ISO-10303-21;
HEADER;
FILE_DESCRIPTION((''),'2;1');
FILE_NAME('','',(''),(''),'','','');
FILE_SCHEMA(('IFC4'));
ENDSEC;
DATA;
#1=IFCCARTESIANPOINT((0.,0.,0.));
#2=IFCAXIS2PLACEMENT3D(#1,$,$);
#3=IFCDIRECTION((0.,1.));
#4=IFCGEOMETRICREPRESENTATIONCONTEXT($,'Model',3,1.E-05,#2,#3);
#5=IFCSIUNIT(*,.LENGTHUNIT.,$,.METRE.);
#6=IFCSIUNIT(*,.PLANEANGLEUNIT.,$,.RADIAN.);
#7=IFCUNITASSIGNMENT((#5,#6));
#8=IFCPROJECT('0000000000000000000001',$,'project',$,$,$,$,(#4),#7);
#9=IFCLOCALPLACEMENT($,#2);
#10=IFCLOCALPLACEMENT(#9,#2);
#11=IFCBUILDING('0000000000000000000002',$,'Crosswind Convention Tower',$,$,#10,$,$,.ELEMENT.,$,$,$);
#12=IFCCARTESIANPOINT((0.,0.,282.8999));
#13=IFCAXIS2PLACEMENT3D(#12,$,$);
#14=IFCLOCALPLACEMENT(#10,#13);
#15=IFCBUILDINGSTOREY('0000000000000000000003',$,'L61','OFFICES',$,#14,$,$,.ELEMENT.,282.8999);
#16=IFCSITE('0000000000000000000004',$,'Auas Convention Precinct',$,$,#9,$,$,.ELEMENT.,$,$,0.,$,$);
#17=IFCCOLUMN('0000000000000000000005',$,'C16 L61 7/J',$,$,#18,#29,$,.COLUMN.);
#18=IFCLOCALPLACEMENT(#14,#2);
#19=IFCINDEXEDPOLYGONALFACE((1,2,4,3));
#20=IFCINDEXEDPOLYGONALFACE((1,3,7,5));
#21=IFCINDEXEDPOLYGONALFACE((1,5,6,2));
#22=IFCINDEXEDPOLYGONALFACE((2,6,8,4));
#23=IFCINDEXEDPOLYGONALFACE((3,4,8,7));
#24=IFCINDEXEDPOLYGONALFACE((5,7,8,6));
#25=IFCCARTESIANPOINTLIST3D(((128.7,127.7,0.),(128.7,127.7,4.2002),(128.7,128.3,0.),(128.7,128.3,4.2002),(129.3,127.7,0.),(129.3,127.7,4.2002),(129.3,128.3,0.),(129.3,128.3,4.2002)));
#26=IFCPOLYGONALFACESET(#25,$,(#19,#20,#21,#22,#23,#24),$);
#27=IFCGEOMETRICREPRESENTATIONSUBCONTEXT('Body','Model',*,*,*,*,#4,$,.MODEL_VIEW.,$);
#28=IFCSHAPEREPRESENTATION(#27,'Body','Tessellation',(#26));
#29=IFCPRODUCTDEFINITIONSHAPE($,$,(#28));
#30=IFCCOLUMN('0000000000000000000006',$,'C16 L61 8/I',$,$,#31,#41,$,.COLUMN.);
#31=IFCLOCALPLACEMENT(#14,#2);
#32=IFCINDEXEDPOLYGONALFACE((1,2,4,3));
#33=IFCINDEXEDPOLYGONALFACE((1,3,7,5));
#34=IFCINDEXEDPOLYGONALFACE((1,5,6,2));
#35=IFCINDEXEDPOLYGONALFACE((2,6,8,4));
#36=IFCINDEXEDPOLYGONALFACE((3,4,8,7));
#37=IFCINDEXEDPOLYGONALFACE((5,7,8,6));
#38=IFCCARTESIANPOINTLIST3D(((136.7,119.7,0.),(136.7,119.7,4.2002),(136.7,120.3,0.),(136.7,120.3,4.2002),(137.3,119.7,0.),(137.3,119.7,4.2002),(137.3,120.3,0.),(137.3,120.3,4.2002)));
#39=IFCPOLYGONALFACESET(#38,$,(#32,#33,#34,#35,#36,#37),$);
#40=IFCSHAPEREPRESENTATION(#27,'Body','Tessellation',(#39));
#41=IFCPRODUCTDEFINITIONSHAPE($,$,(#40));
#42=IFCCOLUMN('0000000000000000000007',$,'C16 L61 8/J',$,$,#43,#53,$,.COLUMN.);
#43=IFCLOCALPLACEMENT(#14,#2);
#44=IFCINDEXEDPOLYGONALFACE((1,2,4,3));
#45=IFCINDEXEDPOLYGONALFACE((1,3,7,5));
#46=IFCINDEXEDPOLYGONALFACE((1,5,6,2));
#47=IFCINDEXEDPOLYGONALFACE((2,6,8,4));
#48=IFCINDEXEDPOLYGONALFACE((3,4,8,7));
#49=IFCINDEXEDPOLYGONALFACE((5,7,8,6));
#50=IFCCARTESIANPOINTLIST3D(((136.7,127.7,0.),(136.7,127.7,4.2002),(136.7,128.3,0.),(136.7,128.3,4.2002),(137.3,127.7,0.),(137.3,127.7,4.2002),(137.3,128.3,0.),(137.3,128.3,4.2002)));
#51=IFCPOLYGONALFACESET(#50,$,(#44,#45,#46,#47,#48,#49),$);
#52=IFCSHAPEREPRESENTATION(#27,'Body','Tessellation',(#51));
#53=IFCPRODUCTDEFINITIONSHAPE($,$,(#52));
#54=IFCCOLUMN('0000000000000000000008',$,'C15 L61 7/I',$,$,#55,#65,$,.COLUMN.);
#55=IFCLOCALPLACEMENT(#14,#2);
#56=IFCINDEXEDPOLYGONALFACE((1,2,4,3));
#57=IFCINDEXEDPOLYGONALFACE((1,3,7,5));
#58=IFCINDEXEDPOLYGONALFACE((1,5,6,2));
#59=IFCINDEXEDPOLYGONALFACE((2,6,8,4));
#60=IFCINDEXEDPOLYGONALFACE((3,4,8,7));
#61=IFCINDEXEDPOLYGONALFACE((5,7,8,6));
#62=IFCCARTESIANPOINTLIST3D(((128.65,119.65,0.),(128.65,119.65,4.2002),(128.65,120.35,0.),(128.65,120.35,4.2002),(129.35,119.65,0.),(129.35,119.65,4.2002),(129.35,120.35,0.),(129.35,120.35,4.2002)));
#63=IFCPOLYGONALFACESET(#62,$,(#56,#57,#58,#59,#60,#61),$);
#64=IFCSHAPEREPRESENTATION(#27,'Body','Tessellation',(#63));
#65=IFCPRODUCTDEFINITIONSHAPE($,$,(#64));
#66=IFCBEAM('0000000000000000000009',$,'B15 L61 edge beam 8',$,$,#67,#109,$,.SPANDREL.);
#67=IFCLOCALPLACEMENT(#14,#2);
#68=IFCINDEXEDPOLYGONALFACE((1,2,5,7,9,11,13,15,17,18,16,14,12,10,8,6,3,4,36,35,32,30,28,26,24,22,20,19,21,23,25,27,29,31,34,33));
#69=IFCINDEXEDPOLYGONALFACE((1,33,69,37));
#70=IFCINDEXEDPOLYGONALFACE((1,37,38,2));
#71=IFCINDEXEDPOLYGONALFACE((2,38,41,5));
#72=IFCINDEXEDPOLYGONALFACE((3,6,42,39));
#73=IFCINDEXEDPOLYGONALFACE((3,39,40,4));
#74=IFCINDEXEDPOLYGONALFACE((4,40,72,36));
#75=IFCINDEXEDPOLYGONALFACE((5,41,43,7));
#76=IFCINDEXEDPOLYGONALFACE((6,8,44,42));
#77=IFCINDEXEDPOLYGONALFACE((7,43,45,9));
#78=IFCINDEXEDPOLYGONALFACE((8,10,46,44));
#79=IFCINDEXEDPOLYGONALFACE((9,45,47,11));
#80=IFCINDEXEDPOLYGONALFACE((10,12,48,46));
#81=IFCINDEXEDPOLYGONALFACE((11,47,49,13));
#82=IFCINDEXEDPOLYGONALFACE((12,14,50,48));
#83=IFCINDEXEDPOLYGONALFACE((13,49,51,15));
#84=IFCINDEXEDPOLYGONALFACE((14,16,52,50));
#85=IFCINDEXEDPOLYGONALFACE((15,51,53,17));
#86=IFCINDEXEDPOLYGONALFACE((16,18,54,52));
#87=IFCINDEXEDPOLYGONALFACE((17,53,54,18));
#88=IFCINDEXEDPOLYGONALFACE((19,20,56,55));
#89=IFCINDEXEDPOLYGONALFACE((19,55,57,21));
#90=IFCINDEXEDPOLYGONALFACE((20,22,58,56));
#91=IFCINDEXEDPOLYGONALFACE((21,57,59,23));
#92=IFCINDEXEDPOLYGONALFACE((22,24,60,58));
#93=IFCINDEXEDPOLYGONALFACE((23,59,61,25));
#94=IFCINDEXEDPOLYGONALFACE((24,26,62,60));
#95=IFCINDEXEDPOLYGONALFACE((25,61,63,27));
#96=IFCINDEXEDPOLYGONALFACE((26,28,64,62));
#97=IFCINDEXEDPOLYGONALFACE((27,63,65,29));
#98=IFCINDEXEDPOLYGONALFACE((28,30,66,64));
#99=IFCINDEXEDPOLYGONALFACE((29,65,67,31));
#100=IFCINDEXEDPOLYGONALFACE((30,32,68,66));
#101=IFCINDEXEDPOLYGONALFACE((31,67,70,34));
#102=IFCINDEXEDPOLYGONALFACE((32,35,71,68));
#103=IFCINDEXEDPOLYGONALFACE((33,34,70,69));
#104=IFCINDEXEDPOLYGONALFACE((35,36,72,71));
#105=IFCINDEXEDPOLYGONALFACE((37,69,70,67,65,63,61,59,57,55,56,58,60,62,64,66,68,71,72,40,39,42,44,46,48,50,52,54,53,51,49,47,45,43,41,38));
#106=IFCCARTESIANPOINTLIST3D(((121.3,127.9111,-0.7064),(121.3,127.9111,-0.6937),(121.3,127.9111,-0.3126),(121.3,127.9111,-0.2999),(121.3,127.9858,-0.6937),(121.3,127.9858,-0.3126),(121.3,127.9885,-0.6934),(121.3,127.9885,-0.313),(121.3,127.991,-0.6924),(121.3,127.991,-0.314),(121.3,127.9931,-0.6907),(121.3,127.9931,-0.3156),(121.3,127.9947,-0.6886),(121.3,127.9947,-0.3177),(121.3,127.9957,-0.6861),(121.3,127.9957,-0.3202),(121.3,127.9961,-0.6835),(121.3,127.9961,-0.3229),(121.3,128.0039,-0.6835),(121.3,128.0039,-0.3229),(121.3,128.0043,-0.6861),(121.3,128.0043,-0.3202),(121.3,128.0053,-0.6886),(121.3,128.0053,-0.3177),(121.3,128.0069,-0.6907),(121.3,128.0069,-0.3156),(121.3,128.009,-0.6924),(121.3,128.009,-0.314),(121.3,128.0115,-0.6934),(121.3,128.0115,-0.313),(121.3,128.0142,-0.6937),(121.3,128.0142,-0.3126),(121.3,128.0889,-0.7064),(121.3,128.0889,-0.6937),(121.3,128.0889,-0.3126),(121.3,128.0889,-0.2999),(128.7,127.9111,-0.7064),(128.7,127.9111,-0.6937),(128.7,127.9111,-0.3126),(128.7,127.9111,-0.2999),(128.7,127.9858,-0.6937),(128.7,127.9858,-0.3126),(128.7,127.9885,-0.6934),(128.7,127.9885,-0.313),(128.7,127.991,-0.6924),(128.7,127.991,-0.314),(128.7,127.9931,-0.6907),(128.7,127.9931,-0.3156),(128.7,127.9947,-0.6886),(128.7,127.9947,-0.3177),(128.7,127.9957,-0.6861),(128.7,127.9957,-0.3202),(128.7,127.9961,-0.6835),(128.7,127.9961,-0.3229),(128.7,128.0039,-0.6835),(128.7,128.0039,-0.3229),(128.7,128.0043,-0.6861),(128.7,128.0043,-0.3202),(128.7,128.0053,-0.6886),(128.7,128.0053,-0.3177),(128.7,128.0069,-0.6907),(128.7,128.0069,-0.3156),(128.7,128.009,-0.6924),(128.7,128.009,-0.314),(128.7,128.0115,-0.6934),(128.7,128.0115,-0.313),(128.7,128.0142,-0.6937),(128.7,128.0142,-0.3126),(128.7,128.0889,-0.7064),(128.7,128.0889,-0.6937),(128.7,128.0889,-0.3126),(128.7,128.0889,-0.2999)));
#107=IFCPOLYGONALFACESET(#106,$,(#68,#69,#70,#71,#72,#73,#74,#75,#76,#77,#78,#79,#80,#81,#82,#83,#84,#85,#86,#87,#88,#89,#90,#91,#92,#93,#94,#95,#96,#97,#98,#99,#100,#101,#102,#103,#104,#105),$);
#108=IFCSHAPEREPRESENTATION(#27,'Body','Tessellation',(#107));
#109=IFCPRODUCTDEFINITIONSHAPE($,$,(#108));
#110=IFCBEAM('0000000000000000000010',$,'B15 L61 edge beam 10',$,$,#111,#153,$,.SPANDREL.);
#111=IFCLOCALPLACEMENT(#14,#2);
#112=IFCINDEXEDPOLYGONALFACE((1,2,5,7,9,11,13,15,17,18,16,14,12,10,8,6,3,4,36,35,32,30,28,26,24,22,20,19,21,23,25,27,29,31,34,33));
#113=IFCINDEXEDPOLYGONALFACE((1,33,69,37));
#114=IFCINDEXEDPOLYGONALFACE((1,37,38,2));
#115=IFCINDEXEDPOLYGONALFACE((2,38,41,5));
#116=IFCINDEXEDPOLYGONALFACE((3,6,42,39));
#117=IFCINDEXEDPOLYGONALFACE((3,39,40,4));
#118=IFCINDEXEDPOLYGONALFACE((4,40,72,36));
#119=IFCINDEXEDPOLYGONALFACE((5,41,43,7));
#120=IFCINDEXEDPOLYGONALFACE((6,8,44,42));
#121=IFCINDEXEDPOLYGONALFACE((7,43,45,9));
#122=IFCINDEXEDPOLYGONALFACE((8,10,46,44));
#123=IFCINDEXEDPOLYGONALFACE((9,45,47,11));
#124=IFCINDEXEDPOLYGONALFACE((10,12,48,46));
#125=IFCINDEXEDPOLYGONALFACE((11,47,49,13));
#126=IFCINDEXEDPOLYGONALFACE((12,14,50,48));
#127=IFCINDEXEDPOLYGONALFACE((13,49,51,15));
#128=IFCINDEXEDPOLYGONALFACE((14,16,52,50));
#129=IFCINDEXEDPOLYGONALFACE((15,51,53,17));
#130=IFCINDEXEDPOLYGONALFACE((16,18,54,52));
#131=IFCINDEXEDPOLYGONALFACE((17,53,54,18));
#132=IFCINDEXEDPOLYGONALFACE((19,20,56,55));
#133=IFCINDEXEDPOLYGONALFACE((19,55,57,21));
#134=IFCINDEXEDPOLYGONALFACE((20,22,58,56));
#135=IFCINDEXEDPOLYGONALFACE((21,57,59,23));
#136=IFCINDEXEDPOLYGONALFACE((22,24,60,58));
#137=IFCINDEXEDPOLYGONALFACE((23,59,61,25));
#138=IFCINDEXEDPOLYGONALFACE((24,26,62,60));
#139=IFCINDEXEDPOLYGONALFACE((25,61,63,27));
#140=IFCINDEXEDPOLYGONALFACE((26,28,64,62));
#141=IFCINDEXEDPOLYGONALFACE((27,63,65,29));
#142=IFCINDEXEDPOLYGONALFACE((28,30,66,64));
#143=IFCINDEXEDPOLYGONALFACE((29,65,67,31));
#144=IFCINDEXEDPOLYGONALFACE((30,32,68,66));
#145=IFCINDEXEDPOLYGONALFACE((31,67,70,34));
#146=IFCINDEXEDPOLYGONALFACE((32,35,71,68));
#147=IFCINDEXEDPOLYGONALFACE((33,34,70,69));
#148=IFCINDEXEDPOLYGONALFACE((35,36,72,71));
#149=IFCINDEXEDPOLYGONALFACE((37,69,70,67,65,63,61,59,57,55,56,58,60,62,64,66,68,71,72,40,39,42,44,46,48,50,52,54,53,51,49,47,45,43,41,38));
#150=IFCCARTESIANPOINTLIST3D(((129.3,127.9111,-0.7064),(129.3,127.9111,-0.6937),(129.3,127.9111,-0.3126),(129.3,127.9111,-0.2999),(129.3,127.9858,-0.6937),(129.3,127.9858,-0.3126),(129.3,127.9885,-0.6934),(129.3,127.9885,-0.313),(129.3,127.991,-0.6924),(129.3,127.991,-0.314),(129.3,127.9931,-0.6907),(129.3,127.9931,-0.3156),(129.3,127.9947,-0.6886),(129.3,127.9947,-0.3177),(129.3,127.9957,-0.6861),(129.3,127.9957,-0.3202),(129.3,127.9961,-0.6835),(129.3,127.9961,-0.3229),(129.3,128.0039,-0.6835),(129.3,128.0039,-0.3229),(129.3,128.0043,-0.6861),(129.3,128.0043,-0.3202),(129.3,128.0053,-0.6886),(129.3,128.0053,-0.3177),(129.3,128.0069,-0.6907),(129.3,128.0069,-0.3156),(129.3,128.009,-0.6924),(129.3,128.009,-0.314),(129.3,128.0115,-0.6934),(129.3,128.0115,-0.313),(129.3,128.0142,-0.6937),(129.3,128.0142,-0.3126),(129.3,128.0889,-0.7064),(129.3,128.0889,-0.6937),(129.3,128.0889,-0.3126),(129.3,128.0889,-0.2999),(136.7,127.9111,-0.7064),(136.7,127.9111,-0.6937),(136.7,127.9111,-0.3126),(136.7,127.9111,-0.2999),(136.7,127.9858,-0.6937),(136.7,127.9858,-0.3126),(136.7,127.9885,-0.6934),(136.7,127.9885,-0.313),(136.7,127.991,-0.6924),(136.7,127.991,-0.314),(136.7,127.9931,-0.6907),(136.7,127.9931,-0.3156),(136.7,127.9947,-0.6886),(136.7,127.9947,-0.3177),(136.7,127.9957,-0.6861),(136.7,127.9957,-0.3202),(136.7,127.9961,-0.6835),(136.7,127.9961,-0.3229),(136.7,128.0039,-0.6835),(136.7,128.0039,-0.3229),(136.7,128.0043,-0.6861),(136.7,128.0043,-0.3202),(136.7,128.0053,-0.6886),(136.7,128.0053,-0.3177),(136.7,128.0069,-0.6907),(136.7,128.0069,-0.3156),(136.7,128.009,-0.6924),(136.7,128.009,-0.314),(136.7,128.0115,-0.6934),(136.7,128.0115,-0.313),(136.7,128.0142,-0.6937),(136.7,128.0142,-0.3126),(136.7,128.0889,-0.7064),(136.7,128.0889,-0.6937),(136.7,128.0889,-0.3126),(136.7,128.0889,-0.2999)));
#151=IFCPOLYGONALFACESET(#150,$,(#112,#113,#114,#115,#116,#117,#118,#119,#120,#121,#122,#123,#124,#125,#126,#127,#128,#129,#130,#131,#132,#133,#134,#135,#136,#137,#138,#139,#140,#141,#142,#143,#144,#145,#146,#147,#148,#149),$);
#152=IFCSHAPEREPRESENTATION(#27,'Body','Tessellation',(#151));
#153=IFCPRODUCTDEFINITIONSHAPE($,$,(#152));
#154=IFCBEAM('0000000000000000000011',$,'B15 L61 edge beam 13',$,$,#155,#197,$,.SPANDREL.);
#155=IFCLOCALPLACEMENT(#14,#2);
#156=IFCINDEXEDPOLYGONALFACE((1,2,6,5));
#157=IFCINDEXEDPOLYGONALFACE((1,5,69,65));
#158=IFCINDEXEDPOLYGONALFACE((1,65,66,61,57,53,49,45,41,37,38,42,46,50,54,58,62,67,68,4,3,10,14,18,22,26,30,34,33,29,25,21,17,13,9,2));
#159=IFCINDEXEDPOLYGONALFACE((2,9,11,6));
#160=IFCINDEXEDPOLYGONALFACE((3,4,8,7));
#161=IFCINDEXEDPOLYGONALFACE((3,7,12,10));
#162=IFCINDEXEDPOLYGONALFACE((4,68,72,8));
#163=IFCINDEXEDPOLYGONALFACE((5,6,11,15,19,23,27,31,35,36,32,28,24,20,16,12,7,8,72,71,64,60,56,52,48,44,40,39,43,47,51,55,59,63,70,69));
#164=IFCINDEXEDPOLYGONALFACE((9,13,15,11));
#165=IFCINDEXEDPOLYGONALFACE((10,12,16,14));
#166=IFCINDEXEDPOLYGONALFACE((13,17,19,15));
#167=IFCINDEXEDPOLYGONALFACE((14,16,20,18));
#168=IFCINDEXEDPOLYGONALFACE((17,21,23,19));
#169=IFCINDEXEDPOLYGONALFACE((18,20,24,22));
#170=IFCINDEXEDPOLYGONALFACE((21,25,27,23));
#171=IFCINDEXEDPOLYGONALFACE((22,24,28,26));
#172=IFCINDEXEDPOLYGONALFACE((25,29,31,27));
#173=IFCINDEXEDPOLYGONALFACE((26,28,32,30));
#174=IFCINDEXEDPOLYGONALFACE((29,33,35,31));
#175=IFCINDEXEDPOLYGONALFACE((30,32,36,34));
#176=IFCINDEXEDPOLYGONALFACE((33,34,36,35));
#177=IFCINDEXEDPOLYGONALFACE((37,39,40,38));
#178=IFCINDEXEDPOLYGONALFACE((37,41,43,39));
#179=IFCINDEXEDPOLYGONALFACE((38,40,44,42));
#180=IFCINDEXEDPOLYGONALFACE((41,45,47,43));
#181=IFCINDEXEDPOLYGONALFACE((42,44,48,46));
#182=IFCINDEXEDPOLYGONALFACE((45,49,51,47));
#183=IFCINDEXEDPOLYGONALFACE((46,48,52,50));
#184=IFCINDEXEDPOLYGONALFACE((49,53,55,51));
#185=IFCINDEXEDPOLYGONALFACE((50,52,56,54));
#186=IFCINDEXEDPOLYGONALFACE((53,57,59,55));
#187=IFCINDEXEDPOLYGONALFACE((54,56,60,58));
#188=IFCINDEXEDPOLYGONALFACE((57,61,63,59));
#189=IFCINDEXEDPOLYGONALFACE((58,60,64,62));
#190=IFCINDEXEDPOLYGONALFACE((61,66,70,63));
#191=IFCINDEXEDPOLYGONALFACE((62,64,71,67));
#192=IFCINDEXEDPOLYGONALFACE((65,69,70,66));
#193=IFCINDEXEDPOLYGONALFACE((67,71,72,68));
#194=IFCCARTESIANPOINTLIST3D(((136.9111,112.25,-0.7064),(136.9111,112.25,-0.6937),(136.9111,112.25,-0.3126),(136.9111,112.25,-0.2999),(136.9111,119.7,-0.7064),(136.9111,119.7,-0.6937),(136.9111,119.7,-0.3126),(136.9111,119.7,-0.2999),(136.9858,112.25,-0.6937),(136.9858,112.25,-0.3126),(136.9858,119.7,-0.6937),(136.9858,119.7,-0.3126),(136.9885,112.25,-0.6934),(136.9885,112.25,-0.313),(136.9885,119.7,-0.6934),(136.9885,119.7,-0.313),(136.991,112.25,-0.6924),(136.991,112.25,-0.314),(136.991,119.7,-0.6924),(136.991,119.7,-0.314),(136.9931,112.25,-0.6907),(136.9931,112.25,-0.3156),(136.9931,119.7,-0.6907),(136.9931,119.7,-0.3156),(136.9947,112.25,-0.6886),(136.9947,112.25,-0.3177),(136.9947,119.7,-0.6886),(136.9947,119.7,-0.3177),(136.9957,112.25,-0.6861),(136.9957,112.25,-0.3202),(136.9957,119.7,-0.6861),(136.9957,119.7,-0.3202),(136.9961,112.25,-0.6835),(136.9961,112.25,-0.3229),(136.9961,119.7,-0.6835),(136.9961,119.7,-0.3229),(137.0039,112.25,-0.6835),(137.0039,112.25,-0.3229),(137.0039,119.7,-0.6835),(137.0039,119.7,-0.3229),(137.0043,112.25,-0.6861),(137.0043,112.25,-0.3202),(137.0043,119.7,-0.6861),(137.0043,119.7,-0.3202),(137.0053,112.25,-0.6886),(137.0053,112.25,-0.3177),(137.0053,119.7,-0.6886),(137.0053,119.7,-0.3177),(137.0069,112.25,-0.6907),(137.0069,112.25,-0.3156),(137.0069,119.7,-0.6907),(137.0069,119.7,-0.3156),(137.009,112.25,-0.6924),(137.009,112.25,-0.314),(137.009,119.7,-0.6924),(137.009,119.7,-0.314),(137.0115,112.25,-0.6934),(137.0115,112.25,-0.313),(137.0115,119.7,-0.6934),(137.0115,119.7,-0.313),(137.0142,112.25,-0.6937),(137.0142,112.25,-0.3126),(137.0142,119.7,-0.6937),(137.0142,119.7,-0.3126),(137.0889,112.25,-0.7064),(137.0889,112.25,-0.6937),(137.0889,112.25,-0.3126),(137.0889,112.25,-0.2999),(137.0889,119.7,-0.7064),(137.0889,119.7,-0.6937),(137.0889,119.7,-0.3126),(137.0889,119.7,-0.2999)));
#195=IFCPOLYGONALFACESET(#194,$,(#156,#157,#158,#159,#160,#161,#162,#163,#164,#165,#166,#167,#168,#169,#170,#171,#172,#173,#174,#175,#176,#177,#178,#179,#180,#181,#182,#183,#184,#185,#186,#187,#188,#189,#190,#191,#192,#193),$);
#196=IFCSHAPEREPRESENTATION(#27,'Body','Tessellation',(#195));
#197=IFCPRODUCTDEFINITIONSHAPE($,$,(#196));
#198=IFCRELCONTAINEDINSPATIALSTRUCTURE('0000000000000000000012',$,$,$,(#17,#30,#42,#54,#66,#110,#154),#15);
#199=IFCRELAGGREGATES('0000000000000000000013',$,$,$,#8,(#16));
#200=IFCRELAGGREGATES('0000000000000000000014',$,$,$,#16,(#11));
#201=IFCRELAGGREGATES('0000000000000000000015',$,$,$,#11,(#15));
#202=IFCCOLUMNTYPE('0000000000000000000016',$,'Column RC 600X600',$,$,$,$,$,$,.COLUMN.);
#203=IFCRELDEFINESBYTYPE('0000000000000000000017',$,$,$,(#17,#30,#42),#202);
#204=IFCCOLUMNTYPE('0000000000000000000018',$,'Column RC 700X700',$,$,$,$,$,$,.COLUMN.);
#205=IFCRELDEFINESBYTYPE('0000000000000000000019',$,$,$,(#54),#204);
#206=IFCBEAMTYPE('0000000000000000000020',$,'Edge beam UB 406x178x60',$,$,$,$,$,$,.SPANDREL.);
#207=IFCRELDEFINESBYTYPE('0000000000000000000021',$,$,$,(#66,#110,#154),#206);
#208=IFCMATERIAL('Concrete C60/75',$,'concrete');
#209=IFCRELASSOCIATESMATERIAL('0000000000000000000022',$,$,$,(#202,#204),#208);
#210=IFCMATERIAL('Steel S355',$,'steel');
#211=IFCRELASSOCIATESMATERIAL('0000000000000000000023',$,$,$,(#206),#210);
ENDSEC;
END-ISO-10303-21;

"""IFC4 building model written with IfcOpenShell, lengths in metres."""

from ifc_helpers import new_model, si_unit, direction, frame, origin, origin_2d, place, context, subcontext, project, spatial, rectangle, i_section, extrude, material, material_profile, profile_set, type_object, element, save


model = new_model("IFC4")

# Units and contexts
model_context = context("Model", 3, precision=1e-05, world=origin(), true_north=direction((0.0, 1.0)))
body_context = subcontext(model_context, "Body", "Model", "MODEL_VIEW")
ifc_project = project(units=[si_unit("LENGTHUNIT", "METRE"), si_unit("PLANEANGLEUNIT", "RADIAN")], contexts=[model_context])

# Site, building, storey
site_placement = place(None, origin())
site = spatial("IfcSite", under=ifc_project, at=site_placement, Name="Auas Convention Precinct", CompositionType="ELEMENT", RefElevation=0.0)
building_placement = place(site_placement, origin())
building = spatial("IfcBuilding", under=site, at=building_placement, Name="Crosswind Convention Tower", CompositionType="ELEMENT")
storey_placement = place(building_placement, frame((0.0, 0.0, 282.8999)))
storey = spatial("IfcBuildingStorey", under=building, at=storey_placement, Name="L61", Description="OFFICES", CompositionType="ELEMENT", Elevation=282.8999)

# Columns
ifc_material_1 = material(Name="Concrete C60/75", Category="concrete")
ifc_material_profile_1 = material_profile(ifc_material_1, rectangle(XDim=0.6001, YDim=0.6001, at=origin_2d()), Name="RC 600X600")
ifc_profile_set_1 = profile_set([ifc_material_profile_1], Name="Concrete C60/75")
column_type_1 = type_object("IfcColumnType", Name="Column RC 600X600", PredefinedType="COLUMN", material=ifc_profile_set_1)
for number, where, z_axis, x_axis, name in (
    (1, (129.0, 128.0, 0.0), (0.0, 0.0, 1.0), (1.0, 0.0, 0.0), "C16 L61 7/J"),
    (2, (137.0, 120.0, 0.0), (0.0, 0.0, 1.0), (1.0, 0.0, 0.0), "C16 L61 8/I"),
    (3, (137.0, 128.0, 0.0), (0.0, 0.0, 1.0), (1.0, 0.0, 0.0), "C16 L61 8/J"),
):
    element("IfcColumn", number, at=place(storey_placement, frame(where, z_axis=z_axis, x_axis=x_axis)), inside=storey, type_object=column_type_1, Name=name, PredefinedType="COLUMN", context=body_context, shape_type="SweptSolid", body=[
        extrude(rectangle(XDim=0.6001, YDim=0.6001, at=origin_2d()), origin(), (0.0, 0.0, 1.0), 4.2002),
    ])
ifc_material_profile_2 = material_profile(ifc_material_1, rectangle(XDim=0.7, YDim=0.7, at=origin_2d()), Name="RC 700X700")
ifc_profile_set_2 = profile_set([ifc_material_profile_2], Name="Concrete C60/75")
column_type_2 = type_object("IfcColumnType", Name="Column RC 700X700", PredefinedType="COLUMN", material=ifc_profile_set_2)
column_placement = place(storey_placement, frame((129.0, 120.0, 0.0), z_axis=(0.0, 0.0, 1.0), x_axis=(1.0, 0.0, 0.0)))
element("IfcColumn", 4, at=column_placement, inside=storey, type_object=column_type_2, Name="C15 L61 7/I", PredefinedType="COLUMN", context=body_context, shape_type="SweptSolid", body=[
    extrude(rectangle(XDim=0.7, YDim=0.7, at=origin_2d()), origin(), (0.0, 0.0, 1.0), 4.2002),
])

# Beams
ifc_material_2 = material(Name="Steel S355", Category="steel")
ifc_material_profile_3 = material_profile(ifc_material_2, i_section(OverallWidth=0.1777, OverallDepth=0.4065, WebThickness=0.0078, FlangeThickness=0.0127, FilletRadius=0.0103, at=origin_2d()), Name="UB 406x178x60")
ifc_profile_set_3 = profile_set([ifc_material_profile_3], Name="Steel S355")
beam_type_1 = type_object("IfcBeamType", Name="Edge beam UB 406x178x60", PredefinedType="SPANDREL", material=ifc_profile_set_3)
for number, where, z_axis, x_axis, name in (
    (5, (121.3, 128.0, -0.5032), (1.0, 0.0, 0.0), (0.0, 1.0, 0.0), "B15 L61 edge beam 8"),
    (6, (129.3, 128.0, -0.5032), (1.0, 0.0, 0.0), (0.0, 1.0, 0.0), "B15 L61 edge beam 10"),
):
    element("IfcBeam", number, at=place(storey_placement, frame(where, z_axis=z_axis, x_axis=x_axis)), inside=storey, type_object=beam_type_1, Name=name, PredefinedType="SPANDREL", context=body_context, shape_type="SweptSolid", body=[
        extrude(i_section(OverallWidth=0.1777, OverallDepth=0.4065, WebThickness=0.0078, FlangeThickness=0.0127, FilletRadius=0.0103, at=origin_2d()), origin(), (0.0, 0.0, 1.0), 7.3999),
    ])
beam_1_placement = place(storey_placement, frame((137.0, 112.25, -0.5032), z_axis=(0.0, 1.0, 0.0), x_axis=(-1.0, 0.0, 0.0)))
element("IfcBeam", 7, at=beam_1_placement, inside=storey, type_object=beam_type_1, Name="B15 L61 edge beam 13", PredefinedType="SPANDREL", context=body_context, shape_type="SweptSolid", body=[
    extrude(i_section(OverallWidth=0.1777, OverallDepth=0.4065, WebThickness=0.0078, FlangeThickness=0.0127, FilletRadius=0.0103, at=origin_2d()), origin(), (0.0, 0.0, 1.0), 7.45),
])

save(model, "model.ifc")
